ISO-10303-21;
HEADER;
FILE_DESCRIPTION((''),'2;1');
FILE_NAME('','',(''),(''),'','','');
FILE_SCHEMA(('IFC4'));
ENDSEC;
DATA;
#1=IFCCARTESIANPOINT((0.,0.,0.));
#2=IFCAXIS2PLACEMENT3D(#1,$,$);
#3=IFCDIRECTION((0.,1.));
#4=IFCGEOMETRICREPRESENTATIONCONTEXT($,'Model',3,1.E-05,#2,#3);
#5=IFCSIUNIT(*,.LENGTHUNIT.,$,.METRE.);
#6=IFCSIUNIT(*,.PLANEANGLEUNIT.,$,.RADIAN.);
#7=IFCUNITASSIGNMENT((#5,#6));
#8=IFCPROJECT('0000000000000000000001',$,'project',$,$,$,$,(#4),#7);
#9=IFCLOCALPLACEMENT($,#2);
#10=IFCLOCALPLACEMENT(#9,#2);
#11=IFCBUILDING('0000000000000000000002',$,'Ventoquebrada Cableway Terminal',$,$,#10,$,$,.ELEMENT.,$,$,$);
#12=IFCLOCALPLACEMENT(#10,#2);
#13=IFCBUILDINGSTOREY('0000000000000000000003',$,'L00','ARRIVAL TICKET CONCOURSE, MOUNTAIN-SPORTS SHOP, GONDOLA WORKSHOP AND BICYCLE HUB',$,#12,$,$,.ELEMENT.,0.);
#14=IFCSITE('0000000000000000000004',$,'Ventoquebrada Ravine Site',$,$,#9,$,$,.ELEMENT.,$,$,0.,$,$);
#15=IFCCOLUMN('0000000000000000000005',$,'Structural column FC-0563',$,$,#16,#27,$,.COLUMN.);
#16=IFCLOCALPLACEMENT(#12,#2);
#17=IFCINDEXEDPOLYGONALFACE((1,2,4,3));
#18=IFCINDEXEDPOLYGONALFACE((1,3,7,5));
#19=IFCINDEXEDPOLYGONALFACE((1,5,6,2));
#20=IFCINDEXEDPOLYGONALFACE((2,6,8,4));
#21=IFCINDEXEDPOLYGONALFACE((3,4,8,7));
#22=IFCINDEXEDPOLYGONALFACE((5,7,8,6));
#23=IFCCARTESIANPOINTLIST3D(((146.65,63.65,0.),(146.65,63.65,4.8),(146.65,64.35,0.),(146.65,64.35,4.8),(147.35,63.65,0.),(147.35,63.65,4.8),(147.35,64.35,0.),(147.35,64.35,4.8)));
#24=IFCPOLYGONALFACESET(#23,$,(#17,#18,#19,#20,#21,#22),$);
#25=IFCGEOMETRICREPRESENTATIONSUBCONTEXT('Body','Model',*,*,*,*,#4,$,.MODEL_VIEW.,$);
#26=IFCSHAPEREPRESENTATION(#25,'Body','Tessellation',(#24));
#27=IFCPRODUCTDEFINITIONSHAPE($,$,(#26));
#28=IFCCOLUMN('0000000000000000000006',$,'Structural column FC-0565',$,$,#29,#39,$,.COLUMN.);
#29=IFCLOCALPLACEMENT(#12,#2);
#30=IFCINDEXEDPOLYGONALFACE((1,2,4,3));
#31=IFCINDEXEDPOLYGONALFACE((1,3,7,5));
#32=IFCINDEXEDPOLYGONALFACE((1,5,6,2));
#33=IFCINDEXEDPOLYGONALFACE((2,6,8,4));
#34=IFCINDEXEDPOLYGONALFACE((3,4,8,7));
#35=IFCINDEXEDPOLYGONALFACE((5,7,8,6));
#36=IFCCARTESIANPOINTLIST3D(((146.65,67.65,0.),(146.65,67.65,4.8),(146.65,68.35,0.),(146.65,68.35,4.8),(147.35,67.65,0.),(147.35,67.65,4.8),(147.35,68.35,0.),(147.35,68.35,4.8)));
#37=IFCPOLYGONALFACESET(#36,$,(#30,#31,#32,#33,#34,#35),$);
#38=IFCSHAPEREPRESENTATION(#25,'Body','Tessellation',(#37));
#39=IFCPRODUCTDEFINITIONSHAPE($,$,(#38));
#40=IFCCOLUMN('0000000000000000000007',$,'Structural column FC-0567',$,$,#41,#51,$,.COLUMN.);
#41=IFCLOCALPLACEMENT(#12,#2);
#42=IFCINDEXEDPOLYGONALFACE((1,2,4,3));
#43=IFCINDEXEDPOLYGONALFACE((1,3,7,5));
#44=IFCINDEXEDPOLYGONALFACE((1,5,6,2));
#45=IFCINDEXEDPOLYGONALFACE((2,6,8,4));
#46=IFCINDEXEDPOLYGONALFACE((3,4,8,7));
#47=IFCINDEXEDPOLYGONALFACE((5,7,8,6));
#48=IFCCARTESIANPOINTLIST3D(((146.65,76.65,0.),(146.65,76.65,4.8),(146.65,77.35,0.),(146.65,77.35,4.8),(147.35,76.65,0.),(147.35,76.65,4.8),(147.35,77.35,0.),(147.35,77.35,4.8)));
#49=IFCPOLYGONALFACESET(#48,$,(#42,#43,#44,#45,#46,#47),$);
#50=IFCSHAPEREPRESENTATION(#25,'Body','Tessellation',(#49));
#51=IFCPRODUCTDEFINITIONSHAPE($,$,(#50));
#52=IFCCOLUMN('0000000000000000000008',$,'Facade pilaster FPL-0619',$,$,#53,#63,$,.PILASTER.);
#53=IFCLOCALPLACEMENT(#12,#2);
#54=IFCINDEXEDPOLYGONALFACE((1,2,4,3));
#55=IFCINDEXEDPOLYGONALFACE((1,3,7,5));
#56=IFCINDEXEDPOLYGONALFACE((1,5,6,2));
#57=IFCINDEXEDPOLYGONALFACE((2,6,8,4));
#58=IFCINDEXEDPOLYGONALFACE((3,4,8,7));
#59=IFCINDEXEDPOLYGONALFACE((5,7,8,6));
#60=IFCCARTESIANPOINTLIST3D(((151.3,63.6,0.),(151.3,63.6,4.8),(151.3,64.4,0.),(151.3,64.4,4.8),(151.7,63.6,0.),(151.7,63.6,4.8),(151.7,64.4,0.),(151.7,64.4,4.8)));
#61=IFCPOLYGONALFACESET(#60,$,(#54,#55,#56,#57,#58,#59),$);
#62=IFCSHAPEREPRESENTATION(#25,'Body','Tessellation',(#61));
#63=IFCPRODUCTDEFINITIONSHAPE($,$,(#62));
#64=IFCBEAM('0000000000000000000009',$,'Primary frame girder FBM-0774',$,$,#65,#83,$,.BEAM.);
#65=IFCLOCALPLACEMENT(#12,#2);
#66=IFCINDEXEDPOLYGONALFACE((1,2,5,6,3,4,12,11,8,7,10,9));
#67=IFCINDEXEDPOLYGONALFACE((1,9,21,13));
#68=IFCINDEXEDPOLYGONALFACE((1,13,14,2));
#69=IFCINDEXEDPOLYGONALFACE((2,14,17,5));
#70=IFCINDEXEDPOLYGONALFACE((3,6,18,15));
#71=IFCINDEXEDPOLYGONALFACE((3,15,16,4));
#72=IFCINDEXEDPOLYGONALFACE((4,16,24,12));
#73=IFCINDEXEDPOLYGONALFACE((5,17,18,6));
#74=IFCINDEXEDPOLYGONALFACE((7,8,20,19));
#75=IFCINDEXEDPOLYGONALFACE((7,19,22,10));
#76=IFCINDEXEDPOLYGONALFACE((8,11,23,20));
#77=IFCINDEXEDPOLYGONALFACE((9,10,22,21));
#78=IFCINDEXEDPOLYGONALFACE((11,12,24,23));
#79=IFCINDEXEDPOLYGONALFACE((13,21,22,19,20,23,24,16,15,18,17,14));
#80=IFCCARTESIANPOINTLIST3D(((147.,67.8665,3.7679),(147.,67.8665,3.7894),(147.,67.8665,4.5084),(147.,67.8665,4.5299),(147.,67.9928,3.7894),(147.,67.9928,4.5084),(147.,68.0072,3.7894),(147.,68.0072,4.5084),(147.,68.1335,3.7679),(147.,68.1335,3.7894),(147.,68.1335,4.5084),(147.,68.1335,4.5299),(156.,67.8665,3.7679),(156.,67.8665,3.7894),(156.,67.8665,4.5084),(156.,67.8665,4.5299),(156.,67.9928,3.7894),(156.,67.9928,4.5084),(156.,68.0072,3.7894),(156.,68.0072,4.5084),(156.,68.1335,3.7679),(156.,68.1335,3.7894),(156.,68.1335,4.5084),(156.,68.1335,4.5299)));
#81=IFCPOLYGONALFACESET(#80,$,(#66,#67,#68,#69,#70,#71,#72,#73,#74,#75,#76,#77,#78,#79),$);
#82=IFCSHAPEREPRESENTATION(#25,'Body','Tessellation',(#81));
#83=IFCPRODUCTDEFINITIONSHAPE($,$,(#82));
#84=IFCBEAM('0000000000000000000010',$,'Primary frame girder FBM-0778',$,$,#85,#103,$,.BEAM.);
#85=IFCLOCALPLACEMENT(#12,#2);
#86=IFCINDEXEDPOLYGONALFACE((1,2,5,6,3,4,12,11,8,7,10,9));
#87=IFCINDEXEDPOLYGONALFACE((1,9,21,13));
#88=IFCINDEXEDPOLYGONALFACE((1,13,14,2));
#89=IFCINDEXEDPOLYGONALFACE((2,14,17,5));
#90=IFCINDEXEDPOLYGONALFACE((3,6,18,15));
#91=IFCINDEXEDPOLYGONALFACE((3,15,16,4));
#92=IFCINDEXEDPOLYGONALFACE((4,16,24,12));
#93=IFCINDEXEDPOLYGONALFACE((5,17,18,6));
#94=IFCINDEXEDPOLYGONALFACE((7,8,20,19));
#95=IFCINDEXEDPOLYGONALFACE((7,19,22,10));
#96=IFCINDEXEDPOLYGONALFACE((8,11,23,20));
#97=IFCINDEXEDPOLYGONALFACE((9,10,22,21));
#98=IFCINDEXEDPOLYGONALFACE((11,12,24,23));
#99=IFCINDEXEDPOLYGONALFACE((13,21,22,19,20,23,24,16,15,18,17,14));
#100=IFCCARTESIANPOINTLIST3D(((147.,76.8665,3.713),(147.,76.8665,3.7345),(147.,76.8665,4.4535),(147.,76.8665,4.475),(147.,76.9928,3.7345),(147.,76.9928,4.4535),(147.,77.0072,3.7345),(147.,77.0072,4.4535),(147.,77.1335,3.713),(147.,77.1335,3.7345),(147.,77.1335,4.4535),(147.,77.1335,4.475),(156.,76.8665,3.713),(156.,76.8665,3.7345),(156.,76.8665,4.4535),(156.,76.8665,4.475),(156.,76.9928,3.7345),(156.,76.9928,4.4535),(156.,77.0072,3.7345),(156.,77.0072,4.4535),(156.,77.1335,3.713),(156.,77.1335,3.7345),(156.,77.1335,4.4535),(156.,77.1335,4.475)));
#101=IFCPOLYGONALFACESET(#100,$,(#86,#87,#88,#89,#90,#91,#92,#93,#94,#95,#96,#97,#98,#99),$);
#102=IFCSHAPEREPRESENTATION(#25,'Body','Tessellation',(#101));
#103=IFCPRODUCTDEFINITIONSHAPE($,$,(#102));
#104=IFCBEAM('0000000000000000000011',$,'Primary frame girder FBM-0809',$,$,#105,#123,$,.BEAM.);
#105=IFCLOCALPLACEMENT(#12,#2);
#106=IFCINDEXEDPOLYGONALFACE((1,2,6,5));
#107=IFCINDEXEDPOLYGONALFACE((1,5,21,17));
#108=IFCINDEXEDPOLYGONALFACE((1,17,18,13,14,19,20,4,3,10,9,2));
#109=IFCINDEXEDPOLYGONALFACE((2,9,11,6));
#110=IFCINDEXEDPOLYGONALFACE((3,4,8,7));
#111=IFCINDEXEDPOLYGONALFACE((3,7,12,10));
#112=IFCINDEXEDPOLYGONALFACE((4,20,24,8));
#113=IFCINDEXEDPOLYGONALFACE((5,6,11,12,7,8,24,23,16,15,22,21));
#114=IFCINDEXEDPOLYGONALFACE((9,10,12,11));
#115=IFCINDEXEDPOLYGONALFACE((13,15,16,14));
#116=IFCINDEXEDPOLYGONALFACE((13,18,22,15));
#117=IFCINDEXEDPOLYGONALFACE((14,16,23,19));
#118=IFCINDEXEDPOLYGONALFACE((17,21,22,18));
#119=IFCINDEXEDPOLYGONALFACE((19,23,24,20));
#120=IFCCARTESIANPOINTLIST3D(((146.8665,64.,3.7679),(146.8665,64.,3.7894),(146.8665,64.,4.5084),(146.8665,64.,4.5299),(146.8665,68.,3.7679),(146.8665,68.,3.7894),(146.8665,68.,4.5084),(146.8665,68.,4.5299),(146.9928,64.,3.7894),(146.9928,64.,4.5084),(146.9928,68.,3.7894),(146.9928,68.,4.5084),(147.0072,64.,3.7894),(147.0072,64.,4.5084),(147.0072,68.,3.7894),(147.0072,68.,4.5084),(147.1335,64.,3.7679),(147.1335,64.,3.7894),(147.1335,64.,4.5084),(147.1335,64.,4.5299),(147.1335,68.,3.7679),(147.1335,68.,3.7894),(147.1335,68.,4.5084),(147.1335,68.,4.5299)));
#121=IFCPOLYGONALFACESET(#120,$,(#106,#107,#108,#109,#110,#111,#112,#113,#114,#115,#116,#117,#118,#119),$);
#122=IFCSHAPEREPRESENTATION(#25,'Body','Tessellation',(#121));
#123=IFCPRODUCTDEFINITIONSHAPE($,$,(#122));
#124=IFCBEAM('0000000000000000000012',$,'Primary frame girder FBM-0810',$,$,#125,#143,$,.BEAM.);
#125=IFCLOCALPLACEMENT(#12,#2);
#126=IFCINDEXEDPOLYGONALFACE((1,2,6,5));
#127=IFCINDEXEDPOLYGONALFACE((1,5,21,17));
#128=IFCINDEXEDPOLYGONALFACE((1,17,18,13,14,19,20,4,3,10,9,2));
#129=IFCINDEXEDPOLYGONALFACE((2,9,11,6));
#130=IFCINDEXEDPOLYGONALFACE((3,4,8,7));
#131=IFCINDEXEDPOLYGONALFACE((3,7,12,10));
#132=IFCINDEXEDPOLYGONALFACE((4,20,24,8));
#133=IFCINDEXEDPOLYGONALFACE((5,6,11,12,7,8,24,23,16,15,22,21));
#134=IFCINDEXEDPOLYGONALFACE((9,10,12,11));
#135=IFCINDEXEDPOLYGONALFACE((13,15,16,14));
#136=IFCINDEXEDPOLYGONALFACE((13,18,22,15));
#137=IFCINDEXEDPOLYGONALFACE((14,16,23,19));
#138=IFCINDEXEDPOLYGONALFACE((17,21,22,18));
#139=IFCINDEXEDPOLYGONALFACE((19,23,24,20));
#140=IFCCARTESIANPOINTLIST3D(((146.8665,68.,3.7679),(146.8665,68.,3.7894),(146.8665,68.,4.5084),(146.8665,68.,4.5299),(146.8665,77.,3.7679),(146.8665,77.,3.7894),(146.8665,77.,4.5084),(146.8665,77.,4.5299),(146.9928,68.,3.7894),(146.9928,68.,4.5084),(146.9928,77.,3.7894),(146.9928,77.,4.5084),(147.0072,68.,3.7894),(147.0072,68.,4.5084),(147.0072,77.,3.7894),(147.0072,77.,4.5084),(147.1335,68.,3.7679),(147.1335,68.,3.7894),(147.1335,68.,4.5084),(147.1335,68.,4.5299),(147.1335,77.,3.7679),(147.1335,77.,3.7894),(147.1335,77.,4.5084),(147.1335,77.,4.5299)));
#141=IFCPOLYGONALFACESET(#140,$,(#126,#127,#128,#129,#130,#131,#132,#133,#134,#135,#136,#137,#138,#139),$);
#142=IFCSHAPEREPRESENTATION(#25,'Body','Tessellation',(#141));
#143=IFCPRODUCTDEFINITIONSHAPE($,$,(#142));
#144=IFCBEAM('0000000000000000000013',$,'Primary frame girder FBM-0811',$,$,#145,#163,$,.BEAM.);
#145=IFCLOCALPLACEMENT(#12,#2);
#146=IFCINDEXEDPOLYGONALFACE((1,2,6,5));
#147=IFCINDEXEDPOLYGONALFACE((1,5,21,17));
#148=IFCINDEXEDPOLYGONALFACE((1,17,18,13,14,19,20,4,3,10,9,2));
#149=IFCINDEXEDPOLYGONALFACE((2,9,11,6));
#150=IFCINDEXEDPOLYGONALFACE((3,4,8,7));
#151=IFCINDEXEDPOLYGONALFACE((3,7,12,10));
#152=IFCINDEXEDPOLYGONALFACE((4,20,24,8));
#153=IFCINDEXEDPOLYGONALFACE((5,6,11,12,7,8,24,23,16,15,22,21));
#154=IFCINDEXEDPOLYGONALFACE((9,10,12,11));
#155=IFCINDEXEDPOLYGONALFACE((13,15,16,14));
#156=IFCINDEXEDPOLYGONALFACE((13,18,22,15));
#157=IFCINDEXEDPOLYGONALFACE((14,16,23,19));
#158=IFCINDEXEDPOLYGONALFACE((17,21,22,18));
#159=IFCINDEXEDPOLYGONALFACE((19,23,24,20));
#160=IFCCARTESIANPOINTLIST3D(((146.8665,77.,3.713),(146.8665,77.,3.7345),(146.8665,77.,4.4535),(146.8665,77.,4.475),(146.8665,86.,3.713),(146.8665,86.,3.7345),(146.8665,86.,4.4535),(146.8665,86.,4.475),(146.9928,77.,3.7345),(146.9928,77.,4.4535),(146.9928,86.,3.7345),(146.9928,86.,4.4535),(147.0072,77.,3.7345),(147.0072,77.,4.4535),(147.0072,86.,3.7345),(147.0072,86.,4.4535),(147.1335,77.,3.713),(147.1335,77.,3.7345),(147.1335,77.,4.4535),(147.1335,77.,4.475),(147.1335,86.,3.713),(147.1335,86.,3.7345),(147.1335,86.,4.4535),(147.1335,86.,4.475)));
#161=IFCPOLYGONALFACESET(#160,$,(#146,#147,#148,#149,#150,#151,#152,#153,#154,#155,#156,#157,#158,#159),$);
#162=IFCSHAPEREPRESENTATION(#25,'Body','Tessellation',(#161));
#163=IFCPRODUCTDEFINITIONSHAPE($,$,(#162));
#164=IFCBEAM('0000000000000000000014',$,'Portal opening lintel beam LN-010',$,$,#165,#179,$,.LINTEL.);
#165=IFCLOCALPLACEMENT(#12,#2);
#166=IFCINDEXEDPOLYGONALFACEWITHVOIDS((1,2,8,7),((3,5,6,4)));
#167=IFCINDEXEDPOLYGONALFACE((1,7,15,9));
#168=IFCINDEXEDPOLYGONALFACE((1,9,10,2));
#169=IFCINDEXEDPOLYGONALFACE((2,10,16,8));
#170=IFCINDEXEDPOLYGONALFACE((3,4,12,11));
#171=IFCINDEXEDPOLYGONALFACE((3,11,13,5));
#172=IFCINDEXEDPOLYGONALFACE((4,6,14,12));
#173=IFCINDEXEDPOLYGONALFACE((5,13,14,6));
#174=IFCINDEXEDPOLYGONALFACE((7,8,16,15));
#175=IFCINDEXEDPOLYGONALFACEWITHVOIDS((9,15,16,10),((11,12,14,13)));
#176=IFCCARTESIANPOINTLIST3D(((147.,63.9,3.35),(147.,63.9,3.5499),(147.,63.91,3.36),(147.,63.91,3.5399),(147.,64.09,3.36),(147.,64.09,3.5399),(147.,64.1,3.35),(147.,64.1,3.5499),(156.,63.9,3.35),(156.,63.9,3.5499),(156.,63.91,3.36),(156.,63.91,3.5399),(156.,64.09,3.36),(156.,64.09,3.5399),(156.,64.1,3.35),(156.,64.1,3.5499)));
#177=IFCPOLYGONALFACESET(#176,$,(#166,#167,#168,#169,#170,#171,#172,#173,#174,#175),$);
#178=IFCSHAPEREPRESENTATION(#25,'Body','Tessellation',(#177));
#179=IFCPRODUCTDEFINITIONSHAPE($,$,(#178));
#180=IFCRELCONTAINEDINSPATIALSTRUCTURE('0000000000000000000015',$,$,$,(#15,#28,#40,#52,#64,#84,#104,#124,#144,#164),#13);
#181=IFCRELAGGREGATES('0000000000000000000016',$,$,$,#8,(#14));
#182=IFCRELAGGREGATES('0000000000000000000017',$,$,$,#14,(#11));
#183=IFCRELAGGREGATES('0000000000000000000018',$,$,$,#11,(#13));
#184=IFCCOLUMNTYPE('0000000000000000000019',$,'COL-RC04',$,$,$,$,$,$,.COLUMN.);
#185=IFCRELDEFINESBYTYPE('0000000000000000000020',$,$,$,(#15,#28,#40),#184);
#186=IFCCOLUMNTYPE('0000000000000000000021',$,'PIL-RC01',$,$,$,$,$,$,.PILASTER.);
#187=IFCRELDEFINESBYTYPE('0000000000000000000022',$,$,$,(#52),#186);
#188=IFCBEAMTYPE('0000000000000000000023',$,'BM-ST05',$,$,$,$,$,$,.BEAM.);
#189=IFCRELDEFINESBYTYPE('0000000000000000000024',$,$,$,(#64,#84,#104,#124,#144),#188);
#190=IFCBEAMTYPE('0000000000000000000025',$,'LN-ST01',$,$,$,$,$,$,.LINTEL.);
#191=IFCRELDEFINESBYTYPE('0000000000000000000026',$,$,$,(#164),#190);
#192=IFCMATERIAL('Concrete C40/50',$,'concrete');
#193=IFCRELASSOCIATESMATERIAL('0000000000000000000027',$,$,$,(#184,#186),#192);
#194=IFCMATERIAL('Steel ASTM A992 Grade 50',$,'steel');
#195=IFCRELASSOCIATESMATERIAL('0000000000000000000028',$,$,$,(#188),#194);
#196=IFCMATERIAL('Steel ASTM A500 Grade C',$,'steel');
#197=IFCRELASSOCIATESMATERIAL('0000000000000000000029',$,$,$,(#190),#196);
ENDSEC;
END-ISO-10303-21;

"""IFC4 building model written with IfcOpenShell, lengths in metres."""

from ifc_helpers import new_model, si_unit, direction, frame, origin, origin_2d, place, context, subcontext, project, spatial, rectangle, hollow_rectangle, i_section, extrude, material, material_profile, profile_set, type_object, element, save


model = new_model("IFC4")

# Units and contexts
model_context = context("Model", 3, precision=1e-05, world=origin(), true_north=direction((0.0, 1.0)))
body_context = subcontext(model_context, "Body", "Model", "MODEL_VIEW")
ifc_project = project(units=[si_unit("LENGTHUNIT", "METRE"), si_unit("PLANEANGLEUNIT", "RADIAN")], contexts=[model_context])

# Site, building, storey
site_placement = place(None, origin())
site = spatial("IfcSite", under=ifc_project, at=site_placement, Name="Ventoquebrada Ravine Site", CompositionType="ELEMENT", RefElevation=0.0)
building_placement = place(site_placement, origin())
building = spatial("IfcBuilding", under=site, at=building_placement, Name="Ventoquebrada Cableway Terminal", CompositionType="ELEMENT")
storey_placement = place(building_placement, origin())
storey = spatial("IfcBuildingStorey", under=building, at=storey_placement, Name="L00", Description="ARRIVAL TICKET CONCOURSE, MOUNTAIN-SPORTS SHOP, GONDOLA WORKSHOP AND BICYCLE HUB", CompositionType="ELEMENT", Elevation=0.0)

# Columns
ifc_material_1 = material(Name="Concrete C40/50", Category="concrete")
ifc_material_profile_1 = material_profile(ifc_material_1, rectangle(XDim=0.7, YDim=0.7, at=origin_2d()), Name="RC-COL-700X700")
ifc_profile_set_1 = profile_set([ifc_material_profile_1], Name="Concrete C40/50")
column_type_1 = type_object("IfcColumnType", Name="COL-RC04", PredefinedType="COLUMN", material=ifc_profile_set_1)
for number, where, z_axis, x_axis, name in (
    (1, (147.0, 64.0, 0.0), (0.0, 0.0, 1.0), (1.0, 0.0, 0.0), "Structural column FC-0563"),
    (2, (147.0, 68.0, 0.0), (0.0, 0.0, 1.0), (1.0, 0.0, 0.0), "Structural column FC-0565"),
    (3, (147.0, 77.0, 0.0), (0.0, 0.0, 1.0), (1.0, 0.0, 0.0), "Structural column FC-0567"),
):
    element("IfcColumn", number, at=place(storey_placement, frame(where, z_axis=z_axis, x_axis=x_axis)), inside=storey, type_object=column_type_1, Name=name, PredefinedType="COLUMN", context=body_context, shape_type="SweptSolid", body=[
        extrude(rectangle(XDim=0.7, YDim=0.7, at=origin_2d()), origin(), (0.0, 0.0, 1.0), 4.8),
    ])
ifc_material_profile_2 = material_profile(ifc_material_1, rectangle(XDim=0.3999, YDim=0.8, at=origin_2d()), Name="RC-PIL-400X800")
ifc_profile_set_2 = profile_set([ifc_material_profile_2], Name="Concrete C40/50")
column_type_2 = type_object("IfcColumnType", Name="PIL-RC01", PredefinedType="PILASTER", material=ifc_profile_set_2)
column_placement = place(storey_placement, frame((151.5, 64.0, 0.0), z_axis=(0.0, 0.0, 1.0), x_axis=(1.0, 0.0, 0.0)))
element("IfcColumn", 4, at=column_placement, inside=storey, type_object=column_type_2, Name="Facade pilaster FPL-0619", PredefinedType="PILASTER", context=body_context, shape_type="SweptSolid", body=[
    extrude(rectangle(XDim=0.3999, YDim=0.8, at=origin_2d()), origin(), (0.0, 0.0, 1.0), 4.8),
])

# Beams
ifc_material_2 = material(Name="Steel ASTM A992 Grade 50", Category="steel")
ifc_material_profile_3 = material_profile(ifc_material_2, i_section(OverallWidth=0.2671, OverallDepth=0.762, WebThickness=0.0144, FlangeThickness=0.0215, at=origin_2d()), Name="W30X116")
ifc_profile_set_3 = profile_set([ifc_material_profile_3], Name="Steel ASTM A992 Grade 50")
beam_type_1 = type_object("IfcBeamType", Name="BM-ST05", PredefinedType="BEAM", material=ifc_profile_set_3)
for number, where, z_axis, x_axis, name in (
    (5, (147.0, 68.0, 4.1489), (1.0, 0.0, 0.0), (0.0, 1.0, 0.0), "Primary frame girder FBM-0774"),
    (6, (147.0, 77.0, 4.094), (1.0, 0.0, 0.0), (0.0, 1.0, 0.0), "Primary frame girder FBM-0778"),
):
    element("IfcBeam", number, at=place(storey_placement, frame(where, z_axis=z_axis, x_axis=x_axis)), inside=storey, type_object=beam_type_1, Name=name, PredefinedType="BEAM", context=body_context, shape_type="SweptSolid", body=[
        extrude(i_section(OverallWidth=0.2671, OverallDepth=0.762, WebThickness=0.0144, FlangeThickness=0.0215, at=origin_2d()), origin(), (0.0, 0.0, 1.0), 9.0),
    ])
beam_1_placement = place(storey_placement, frame((147.0, 64.0, 4.1489), z_axis=(0.0, 1.0, 0.0), x_axis=(-1.0, 0.0, 0.0)))
element("IfcBeam", 7, at=beam_1_placement, inside=storey, type_object=beam_type_1, Name="Primary frame girder FBM-0809", PredefinedType="BEAM", context=body_context, shape_type="SweptSolid", body=[
    extrude(i_section(OverallWidth=0.2671, OverallDepth=0.762, WebThickness=0.0144, FlangeThickness=0.0215, at=origin_2d()), origin(), (0.0, 0.0, 1.0), 4.0),
])
for number, where, z_axis, x_axis, name in (
    (8, (147.0, 68.0, 4.1489), (0.0, 1.0, 0.0), (-1.0, 0.0, 0.0), "Primary frame girder FBM-0810"),
    (9, (147.0, 77.0, 4.094), (0.0, 1.0, 0.0), (-1.0, 0.0, 0.0), "Primary frame girder FBM-0811"),
):
    element("IfcBeam", number, at=place(storey_placement, frame(where, z_axis=z_axis, x_axis=x_axis)), inside=storey, type_object=beam_type_1, Name=name, PredefinedType="BEAM", context=body_context, shape_type="SweptSolid", body=[
        extrude(i_section(OverallWidth=0.2671, OverallDepth=0.762, WebThickness=0.0144, FlangeThickness=0.0215, at=origin_2d()), origin(), (0.0, 0.0, 1.0), 9.0),
    ])
ifc_material_3 = material(Name="Steel ASTM A500 Grade C", Category="steel")
ifc_material_profile_4 = material_profile(ifc_material_3, hollow_rectangle(XDim=0.2, YDim=0.2, WallThickness=0.01, at=origin_2d()), Name="HSS200X200X10")
ifc_profile_set_4 = profile_set([ifc_material_profile_4], Name="Steel ASTM A500 Grade C")
beam_type_2 = type_object("IfcBeamType", Name="LN-ST01", PredefinedType="LINTEL", material=ifc_profile_set_4)
beam_2_placement = place(storey_placement, frame((147.0, 64.0, 3.45), z_axis=(1.0, 0.0, 0.0), x_axis=(0.0, 1.0, 0.0)))
element("IfcBeam", 10, at=beam_2_placement, inside=storey, type_object=beam_type_2, Name="Portal opening lintel beam LN-010", PredefinedType="LINTEL", context=body_context, shape_type="SweptSolid", body=[
    extrude(hollow_rectangle(XDim=0.2, YDim=0.2, WallThickness=0.01, at=origin_2d()), origin(), (0.0, 0.0, 1.0), 9.0),
])

save(model, "model.ifc")
